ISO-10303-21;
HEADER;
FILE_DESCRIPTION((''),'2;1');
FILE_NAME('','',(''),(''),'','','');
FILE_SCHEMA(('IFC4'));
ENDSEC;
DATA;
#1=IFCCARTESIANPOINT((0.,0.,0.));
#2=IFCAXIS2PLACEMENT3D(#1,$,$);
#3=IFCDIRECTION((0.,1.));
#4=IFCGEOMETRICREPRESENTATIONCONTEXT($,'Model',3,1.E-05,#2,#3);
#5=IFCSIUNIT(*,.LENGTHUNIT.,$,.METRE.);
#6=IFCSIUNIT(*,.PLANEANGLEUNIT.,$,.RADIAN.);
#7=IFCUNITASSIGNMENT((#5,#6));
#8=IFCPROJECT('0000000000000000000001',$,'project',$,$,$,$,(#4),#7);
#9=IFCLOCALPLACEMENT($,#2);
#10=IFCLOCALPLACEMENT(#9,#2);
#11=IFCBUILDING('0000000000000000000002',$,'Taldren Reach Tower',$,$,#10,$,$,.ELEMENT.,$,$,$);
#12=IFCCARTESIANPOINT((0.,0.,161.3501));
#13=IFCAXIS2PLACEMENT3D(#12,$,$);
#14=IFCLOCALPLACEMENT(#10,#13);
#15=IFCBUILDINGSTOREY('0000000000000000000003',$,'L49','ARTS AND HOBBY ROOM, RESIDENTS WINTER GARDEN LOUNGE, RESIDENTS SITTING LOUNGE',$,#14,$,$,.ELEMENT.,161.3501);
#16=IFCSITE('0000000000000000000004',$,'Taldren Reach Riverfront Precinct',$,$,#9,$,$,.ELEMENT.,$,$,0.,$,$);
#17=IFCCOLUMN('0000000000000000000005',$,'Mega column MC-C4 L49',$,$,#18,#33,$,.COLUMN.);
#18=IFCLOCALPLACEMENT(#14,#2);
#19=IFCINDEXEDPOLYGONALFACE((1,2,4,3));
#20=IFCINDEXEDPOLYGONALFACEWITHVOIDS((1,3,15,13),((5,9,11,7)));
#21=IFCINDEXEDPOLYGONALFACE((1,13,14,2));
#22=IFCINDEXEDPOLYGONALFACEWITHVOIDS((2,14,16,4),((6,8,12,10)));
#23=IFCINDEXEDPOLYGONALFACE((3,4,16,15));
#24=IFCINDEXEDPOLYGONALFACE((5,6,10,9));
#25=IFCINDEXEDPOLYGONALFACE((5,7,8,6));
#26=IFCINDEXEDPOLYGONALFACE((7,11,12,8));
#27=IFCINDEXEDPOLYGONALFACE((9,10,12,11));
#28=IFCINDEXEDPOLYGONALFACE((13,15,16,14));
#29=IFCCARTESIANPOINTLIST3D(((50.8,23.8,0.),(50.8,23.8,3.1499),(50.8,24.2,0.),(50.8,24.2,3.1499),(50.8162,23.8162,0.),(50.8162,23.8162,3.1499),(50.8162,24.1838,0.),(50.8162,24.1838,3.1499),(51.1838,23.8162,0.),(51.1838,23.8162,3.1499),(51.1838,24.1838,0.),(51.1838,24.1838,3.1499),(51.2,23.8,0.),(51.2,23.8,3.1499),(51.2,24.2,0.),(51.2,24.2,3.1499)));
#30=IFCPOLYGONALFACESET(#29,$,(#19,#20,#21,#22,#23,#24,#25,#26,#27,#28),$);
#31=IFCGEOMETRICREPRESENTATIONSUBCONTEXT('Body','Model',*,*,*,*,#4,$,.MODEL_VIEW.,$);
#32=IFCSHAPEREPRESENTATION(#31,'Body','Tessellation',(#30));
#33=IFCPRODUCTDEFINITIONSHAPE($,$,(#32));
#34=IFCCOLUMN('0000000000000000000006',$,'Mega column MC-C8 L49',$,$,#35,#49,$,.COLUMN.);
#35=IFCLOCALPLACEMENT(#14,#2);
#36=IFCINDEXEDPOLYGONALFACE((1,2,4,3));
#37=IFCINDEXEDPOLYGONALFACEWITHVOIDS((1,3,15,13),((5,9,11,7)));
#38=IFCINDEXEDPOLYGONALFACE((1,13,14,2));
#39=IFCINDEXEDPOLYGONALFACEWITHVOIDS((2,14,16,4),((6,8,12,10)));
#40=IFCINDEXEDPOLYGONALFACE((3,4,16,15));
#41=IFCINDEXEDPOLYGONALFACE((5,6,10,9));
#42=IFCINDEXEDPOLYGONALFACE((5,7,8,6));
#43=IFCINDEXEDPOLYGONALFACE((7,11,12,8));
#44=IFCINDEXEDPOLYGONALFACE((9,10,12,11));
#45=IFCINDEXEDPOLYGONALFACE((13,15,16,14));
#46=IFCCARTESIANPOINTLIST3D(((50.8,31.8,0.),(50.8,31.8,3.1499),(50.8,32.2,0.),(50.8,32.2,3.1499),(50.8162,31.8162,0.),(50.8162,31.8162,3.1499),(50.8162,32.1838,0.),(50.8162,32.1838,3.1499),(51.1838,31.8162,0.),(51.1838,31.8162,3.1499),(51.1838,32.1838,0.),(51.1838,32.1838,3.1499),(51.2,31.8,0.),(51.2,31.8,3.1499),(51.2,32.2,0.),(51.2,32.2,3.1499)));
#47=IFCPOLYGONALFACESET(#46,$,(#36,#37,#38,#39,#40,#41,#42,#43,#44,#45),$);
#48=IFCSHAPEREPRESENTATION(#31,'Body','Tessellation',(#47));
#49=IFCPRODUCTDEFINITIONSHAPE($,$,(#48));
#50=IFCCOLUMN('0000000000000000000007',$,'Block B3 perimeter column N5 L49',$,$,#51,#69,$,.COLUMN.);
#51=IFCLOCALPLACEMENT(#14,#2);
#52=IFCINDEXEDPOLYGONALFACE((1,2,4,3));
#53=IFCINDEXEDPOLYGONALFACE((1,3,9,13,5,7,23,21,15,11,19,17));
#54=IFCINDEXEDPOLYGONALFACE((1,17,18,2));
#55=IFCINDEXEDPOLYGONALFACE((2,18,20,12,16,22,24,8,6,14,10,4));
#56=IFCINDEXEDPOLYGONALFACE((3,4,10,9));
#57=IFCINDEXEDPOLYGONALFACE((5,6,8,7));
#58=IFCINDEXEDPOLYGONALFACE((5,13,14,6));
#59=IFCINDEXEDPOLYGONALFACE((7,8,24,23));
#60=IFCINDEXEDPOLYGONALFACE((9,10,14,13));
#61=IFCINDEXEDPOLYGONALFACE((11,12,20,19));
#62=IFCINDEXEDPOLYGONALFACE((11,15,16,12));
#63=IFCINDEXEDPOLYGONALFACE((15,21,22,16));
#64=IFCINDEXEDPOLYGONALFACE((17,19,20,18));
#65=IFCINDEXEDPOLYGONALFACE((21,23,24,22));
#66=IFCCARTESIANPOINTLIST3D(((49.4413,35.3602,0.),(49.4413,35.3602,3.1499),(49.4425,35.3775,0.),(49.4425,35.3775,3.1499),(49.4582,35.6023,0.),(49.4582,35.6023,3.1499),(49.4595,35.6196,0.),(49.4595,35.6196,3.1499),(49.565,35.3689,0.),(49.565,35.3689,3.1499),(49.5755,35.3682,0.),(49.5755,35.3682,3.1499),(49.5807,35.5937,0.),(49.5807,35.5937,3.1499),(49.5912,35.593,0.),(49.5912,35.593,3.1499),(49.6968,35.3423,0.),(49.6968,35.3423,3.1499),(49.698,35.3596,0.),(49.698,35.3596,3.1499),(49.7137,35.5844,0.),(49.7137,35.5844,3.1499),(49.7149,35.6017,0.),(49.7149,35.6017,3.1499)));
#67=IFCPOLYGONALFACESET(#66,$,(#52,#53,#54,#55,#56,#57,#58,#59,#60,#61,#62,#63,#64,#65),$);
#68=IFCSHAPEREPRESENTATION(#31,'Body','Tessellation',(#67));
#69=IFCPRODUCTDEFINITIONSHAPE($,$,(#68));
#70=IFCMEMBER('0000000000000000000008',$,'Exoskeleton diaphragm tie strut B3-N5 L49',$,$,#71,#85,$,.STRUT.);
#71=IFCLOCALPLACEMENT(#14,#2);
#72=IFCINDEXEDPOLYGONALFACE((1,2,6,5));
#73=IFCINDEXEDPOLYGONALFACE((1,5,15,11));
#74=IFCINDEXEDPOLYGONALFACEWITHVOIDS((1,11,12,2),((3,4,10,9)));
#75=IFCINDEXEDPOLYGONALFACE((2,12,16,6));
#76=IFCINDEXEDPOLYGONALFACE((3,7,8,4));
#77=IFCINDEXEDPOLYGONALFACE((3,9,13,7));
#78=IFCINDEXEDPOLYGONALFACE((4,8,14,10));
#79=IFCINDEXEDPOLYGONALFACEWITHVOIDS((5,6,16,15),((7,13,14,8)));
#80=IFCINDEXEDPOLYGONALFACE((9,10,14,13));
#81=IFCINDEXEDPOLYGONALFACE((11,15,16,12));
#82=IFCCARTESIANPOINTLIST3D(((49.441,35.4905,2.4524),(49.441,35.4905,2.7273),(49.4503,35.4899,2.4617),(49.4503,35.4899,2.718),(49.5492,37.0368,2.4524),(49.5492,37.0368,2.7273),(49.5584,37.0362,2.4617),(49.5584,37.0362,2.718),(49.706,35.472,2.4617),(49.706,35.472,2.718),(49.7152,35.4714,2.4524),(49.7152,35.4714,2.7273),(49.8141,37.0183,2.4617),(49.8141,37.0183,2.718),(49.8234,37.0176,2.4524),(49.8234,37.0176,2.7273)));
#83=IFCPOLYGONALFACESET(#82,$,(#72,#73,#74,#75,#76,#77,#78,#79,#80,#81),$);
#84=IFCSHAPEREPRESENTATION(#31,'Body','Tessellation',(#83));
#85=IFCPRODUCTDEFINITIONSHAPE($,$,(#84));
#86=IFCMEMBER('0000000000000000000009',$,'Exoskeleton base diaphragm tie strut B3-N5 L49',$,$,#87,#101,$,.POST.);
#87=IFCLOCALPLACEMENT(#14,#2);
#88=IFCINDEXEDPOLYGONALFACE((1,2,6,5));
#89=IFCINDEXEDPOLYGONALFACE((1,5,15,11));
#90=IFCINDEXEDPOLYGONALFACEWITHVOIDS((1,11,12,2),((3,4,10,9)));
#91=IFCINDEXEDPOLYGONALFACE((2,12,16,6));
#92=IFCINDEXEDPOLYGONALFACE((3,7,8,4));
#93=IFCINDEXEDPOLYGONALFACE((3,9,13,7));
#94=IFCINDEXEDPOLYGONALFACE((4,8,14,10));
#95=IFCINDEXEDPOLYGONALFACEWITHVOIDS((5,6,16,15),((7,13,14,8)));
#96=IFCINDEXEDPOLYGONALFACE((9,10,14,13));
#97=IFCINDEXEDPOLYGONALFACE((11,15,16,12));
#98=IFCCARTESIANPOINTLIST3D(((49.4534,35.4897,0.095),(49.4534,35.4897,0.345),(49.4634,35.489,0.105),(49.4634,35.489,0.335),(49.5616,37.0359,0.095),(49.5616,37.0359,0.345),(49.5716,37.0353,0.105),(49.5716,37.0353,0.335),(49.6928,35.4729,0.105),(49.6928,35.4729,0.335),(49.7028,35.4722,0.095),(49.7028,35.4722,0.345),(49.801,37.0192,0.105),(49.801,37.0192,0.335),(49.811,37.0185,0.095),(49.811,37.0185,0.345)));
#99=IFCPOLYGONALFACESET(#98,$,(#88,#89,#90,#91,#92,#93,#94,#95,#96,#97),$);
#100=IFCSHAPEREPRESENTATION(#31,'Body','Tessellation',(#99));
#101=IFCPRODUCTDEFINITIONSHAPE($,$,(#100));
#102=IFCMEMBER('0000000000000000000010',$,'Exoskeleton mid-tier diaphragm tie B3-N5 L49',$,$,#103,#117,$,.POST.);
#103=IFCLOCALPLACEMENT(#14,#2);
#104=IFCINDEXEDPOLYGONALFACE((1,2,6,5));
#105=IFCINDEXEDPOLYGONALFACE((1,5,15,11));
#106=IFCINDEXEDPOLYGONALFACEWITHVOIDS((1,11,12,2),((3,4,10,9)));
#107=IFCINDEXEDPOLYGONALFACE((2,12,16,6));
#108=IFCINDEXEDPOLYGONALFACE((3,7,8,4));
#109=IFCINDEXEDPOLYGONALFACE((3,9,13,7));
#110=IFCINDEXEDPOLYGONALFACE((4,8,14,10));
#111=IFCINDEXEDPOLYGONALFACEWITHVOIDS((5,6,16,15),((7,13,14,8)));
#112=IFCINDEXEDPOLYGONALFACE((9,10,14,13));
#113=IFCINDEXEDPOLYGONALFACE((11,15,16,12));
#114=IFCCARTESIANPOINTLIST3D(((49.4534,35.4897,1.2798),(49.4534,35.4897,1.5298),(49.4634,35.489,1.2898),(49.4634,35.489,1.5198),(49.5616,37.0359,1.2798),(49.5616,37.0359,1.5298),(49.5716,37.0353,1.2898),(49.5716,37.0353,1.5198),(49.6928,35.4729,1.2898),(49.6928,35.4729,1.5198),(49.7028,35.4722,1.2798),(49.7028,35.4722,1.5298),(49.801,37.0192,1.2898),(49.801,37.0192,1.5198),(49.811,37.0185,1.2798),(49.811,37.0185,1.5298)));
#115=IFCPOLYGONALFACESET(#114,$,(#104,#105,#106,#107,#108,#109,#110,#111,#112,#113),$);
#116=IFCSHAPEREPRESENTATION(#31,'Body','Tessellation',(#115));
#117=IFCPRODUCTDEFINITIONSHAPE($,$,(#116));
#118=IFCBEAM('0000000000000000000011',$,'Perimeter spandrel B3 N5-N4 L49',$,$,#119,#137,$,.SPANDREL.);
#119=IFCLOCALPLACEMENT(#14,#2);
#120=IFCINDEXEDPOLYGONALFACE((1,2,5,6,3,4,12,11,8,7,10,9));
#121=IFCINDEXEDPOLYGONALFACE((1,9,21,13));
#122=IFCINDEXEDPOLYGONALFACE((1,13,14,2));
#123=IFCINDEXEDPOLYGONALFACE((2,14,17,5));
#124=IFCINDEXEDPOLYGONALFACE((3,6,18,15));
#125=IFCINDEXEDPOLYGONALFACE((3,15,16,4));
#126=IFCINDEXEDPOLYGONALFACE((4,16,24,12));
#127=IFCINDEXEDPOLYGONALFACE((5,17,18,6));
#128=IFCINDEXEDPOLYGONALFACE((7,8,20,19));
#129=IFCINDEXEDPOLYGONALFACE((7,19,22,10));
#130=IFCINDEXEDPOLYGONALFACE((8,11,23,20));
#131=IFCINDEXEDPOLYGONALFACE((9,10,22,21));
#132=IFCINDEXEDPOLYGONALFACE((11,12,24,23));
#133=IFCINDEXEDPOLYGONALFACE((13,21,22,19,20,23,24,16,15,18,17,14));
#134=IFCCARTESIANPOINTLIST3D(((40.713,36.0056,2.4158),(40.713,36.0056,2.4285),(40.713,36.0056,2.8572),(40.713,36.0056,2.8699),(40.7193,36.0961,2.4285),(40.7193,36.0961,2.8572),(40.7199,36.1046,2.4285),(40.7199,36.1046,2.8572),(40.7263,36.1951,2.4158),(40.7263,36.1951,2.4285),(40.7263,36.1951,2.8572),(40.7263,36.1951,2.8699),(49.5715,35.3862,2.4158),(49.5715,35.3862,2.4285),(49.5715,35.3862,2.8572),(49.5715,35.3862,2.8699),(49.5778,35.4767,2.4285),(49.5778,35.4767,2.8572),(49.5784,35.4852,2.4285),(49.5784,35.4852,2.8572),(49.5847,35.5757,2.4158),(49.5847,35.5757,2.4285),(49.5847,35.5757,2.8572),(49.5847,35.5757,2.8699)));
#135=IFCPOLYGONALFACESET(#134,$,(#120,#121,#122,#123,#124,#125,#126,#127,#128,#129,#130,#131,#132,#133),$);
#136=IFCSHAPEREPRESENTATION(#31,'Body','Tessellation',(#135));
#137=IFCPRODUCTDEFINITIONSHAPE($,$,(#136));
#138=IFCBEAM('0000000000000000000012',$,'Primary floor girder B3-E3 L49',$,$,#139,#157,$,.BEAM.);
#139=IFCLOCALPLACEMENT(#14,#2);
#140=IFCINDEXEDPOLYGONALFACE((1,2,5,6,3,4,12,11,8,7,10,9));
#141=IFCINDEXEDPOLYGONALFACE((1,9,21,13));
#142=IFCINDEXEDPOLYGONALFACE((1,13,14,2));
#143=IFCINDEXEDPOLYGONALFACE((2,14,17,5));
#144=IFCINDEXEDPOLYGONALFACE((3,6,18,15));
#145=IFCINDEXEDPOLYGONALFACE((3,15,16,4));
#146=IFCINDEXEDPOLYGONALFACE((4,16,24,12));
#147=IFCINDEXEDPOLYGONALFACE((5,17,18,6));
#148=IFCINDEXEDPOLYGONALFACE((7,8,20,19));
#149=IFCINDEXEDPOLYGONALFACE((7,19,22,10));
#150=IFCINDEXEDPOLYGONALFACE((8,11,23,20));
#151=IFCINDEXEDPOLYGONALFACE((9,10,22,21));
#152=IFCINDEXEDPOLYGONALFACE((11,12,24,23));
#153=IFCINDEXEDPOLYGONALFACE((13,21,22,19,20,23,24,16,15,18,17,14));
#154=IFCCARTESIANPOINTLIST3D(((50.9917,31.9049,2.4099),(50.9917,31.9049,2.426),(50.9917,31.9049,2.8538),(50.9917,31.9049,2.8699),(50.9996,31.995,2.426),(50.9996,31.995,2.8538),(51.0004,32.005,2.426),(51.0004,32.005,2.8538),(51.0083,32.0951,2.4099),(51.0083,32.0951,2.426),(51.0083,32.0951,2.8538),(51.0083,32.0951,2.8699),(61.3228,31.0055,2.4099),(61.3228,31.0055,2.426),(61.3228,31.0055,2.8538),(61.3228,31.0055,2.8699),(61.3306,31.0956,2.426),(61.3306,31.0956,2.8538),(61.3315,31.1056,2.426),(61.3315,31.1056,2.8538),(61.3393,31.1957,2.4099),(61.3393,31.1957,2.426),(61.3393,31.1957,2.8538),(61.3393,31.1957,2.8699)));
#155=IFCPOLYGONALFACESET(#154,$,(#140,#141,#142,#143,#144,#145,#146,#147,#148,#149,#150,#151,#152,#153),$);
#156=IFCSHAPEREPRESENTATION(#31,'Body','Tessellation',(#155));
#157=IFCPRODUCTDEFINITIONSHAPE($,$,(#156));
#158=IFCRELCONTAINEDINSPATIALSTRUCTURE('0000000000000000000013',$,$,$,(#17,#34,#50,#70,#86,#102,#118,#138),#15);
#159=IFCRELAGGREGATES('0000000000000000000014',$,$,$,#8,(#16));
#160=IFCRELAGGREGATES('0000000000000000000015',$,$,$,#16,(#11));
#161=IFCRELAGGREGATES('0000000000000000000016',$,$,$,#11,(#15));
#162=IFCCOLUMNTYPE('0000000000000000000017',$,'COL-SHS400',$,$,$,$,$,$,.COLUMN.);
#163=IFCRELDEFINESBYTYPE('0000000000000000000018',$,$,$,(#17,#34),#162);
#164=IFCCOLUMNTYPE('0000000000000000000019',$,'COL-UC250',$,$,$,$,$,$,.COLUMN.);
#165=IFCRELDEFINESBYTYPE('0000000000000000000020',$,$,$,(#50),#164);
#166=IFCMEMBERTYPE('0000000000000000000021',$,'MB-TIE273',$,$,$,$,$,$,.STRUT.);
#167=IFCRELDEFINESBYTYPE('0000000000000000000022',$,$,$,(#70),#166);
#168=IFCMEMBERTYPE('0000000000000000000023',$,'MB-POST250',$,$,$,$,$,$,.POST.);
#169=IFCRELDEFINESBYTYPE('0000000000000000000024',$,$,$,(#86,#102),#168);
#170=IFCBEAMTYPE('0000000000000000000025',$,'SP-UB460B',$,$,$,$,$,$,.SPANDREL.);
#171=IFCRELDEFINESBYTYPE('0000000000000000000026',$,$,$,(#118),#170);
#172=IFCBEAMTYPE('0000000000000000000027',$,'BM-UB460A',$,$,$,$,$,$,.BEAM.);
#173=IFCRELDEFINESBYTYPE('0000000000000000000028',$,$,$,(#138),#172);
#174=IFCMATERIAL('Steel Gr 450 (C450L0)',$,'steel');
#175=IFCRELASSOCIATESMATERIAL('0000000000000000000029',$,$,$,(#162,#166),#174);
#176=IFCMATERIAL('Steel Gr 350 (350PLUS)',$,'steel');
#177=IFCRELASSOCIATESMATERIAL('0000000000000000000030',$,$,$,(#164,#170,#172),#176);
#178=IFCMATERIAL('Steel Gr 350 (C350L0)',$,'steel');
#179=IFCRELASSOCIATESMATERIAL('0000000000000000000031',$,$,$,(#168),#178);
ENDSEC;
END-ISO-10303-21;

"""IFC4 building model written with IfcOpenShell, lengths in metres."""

from ifc_helpers import new_model, si_unit, direction, frame, origin, origin_2d, place, context, subcontext, project, spatial, hollow_rectangle, i_section, extrude, source, transform, mapped, material, material_profile, profile_set, type_object, element, save


model = new_model("IFC4")

# Units and contexts
model_context = context("Model", 3, precision=1e-05, world=origin(), true_north=direction((0.0, 1.0)))
body_context = subcontext(model_context, "Body", "Model", "MODEL_VIEW")
ifc_project = project(units=[si_unit("LENGTHUNIT", "METRE"), si_unit("PLANEANGLEUNIT", "RADIAN")], contexts=[model_context])

# Site, building, storey
site_placement = place(None, origin())
site = spatial("IfcSite", under=ifc_project, at=site_placement, Name="Taldren Reach Riverfront Precinct", CompositionType="ELEMENT", RefElevation=0.0)
building_placement = place(site_placement, origin())
building = spatial("IfcBuilding", under=site, at=building_placement, Name="Taldren Reach Tower", CompositionType="ELEMENT")
storey_placement = place(building_placement, frame((0.0, 0.0, 161.3501)))
storey = spatial("IfcBuildingStorey", under=building, at=storey_placement, Name="L49", Description="ARTS AND HOBBY ROOM, RESIDENTS WINTER GARDEN LOUNGE, RESIDENTS SITTING LOUNGE", CompositionType="ELEMENT", Elevation=161.3501)

# Columns
ifc_material_1 = material(Name="Steel Gr 450 (C450L0)", Category="steel")
ifc_material_profile_1 = material_profile(ifc_material_1, hollow_rectangle(XDim=0.3999, YDim=0.3999, WallThickness=0.0161, at=origin_2d()), Name="400x400x16.0SHS")
ifc_profile_set_1 = profile_set([ifc_material_profile_1], Name="Steel Gr 450 (C450L0)")
column_type_1 = type_object("IfcColumnType", Name="COL-SHS400", PredefinedType="COLUMN", material=ifc_profile_set_1)
shared_shape_1 = source(origin(), body_context, "Body", "SweptSolid", [
    extrude(hollow_rectangle(XDim=0.3999, YDim=0.3999, WallThickness=0.0161, at=origin_2d()), origin(), (0.0, 0.0, 1.0), 3.1499),
])
for number, where, z_axis, x_axis, name in (
    (1, (51.0, 24.0, 0.0), (0.0, 0.0, 1.0), (1.0, 0.0, 0.0), "Mega column MC-C4 L49"),
    (2, (51.0, 32.0, 0.0), (0.0, 0.0, 1.0), (1.0, 0.0, 0.0), "Mega column MC-C8 L49"),
):
    element("IfcColumn", number, at=place(storey_placement, frame(where, z_axis=z_axis, x_axis=x_axis)), inside=storey, type_object=column_type_1, Name=name, PredefinedType="COLUMN", context=body_context, shape_type="MappedRepresentation", body=[
        mapped(shared_shape_1, transform((0.0, 0.0, 0.0), scale=1.0)),
    ])
ifc_material_2 = material(Name="Steel Gr 350 (350PLUS)", Category="steel")
ifc_material_profile_2 = material_profile(ifc_material_2, i_section(OverallWidth=0.2561, OverallDepth=0.26, WebThickness=0.0105, FlangeThickness=0.0173, at=origin_2d()), Name="250UC89.5")
ifc_profile_set_2 = profile_set([ifc_material_profile_2], Name="Steel Gr 350 (350PLUS)")
column_type_2 = type_object("IfcColumnType", Name="COL-UC250", PredefinedType="COLUMN", material=ifc_profile_set_2)
shared_shape_2 = source(origin(), body_context, "Body", "SweptSolid", [
    extrude(i_section(OverallWidth=0.2561, OverallDepth=0.26, WebThickness=0.0105, FlangeThickness=0.0173, at=origin_2d()), origin(), (0.0, 0.0, 1.0), 3.1499),
])
column_placement = place(storey_placement, frame((49.5781, 35.481, 0.0), z_axis=(0.0, 0.0, 1.0), x_axis=(0.997564, -0.069756, 0.0)))
element("IfcColumn", 3, at=column_placement, inside=storey, type_object=column_type_2, Name="Block B3 perimeter column N5 L49", PredefinedType="COLUMN", context=body_context, shape_type="MappedRepresentation", body=[
    mapped(shared_shape_2, transform((0.0, 0.0, 0.0), scale=1.0)),
])

# Members
ifc_material_profile_3 = material_profile(ifc_material_1, hollow_rectangle(XDim=0.2749, YDim=0.2749, WallThickness=0.0093, at=origin_2d()), Name="275x275x9.3SHS")
ifc_profile_set_3 = profile_set([ifc_material_profile_3], Name="Steel Gr 450 (C450L0)")
member_type_1 = type_object("IfcMemberType", Name="MB-TIE273", PredefinedType="STRUT", material=ifc_profile_set_3)
shared_shape_3 = source(origin(), body_context, "Body", "SweptSolid", [
    extrude(hollow_rectangle(XDim=0.2749, YDim=0.2749, WallThickness=0.0093, at=origin_2d()), origin(), (0.0, 0.0, 1.0), 1.55),
])
member_1_placement = place(storey_placement, frame((49.5781, 35.481, 2.5898), z_axis=(0.06977, 0.997563, 0.0), x_axis=(-0.997563, 0.06977, 0.0)))
element("IfcMember", 4, at=member_1_placement, inside=storey, type_object=member_type_1, Name="Exoskeleton diaphragm tie strut B3-N5 L49", PredefinedType="STRUT", context=body_context, shape_type="MappedRepresentation", body=[
    mapped(shared_shape_3, transform((0.0, 0.0, 0.0), scale=1.0)),
])
ifc_material_3 = material(Name="Steel Gr 350 (C350L0)", Category="steel")
ifc_material_profile_4 = material_profile(ifc_material_3, hollow_rectangle(XDim=0.25, YDim=0.25, WallThickness=0.01, at=origin_2d()), Name="250x250x10.0SHS")
ifc_profile_set_4 = profile_set([ifc_material_profile_4], Name="Steel Gr 350 (C350L0)")
member_type_2 = type_object("IfcMemberType", Name="MB-POST250", PredefinedType="POST", material=ifc_profile_set_4)
shared_shape_4 = source(origin(), body_context, "Body", "SweptSolid", [
    extrude(hollow_rectangle(XDim=0.25, YDim=0.25, WallThickness=0.01, at=origin_2d()), origin(), (0.0, 0.0, 1.0), 1.55),
])
for number, where, z_axis, x_axis, name in (
    (5, (49.5781, 35.481, 0.22), (0.06977, 0.997563, 0.0), (-0.997563, 0.06977, 0.0), "Exoskeleton base diaphragm tie strut B3-N5 L49"),
    (6, (49.5781, 35.481, 1.4048), (0.06977, 0.997563, 0.0), (-0.997563, 0.06977, 0.0), "Exoskeleton mid-tier diaphragm tie B3-N5 L49"),
):
    element("IfcMember", number, at=place(storey_placement, frame(where, z_axis=z_axis, x_axis=x_axis)), inside=storey, type_object=member_type_2, Name=name, PredefinedType="POST", context=body_context, shape_type="MappedRepresentation", body=[
        mapped(shared_shape_4, transform((0.0, 0.0, 0.0), scale=1.0)),
    ])

# Beams
ifc_material_profile_5 = material_profile(ifc_material_2, i_section(OverallWidth=0.1899, OverallDepth=0.4541, WebThickness=0.0085, FlangeThickness=0.0127, at=origin_2d()), Name="460UB67.1")
ifc_profile_set_5 = profile_set([ifc_material_profile_5], Name="Steel Gr 350 (350PLUS)")
beam_type_1 = type_object("IfcBeamType", Name="SP-UB460B", PredefinedType="SPANDREL", material=ifc_profile_set_5)
shared_shape_5 = source(origin(), body_context, "Body", "SweptSolid", [
    extrude(i_section(OverallWidth=0.1899, OverallDepth=0.4541, WebThickness=0.0085, FlangeThickness=0.0127, at=origin_2d()), origin(), (0.0, 0.0, 1.0), 8.8801),
])
beam_1_placement = place(storey_placement, frame((49.5781, 35.481, 2.6428), z_axis=(-0.997564, 0.06975, 0.0), x_axis=(-0.06975, -0.997564, 0.0)))
element("IfcBeam", 7, at=beam_1_placement, inside=storey, type_object=beam_type_1, Name="Perimeter spandrel B3 N5-N4 L49", PredefinedType="SPANDREL", context=body_context, shape_type="MappedRepresentation", body=[
    mapped(shared_shape_5, transform((0.0, 0.0, 0.0), scale=1.0)),
])
ifc_material_profile_6 = material_profile(ifc_material_2, i_section(OverallWidth=0.1909, OverallDepth=0.46, WebThickness=0.01, FlangeThickness=0.0161, at=origin_2d()), Name="460UB82.1")
ifc_profile_set_6 = profile_set([ifc_material_profile_6], Name="Steel Gr 350 (350PLUS)")
beam_type_2 = type_object("IfcBeamType", Name="BM-UB460A", PredefinedType="BEAM", material=ifc_profile_set_6)
shared_shape_6 = source(origin(), body_context, "Body", "SweptSolid", [
    extrude(i_section(OverallWidth=0.1909, OverallDepth=0.46, WebThickness=0.01, FlangeThickness=0.0161, at=origin_2d()), origin(), (0.0, 0.0, 1.0), 10.3701),
])
beam_2_placement = place(storey_placement, frame((51.0, 32.0, 2.6399), z_axis=(0.996232, -0.086731, 0.0), x_axis=(0.086731, 0.996232, 0.0)))
element("IfcBeam", 8, at=beam_2_placement, inside=storey, type_object=beam_type_2, Name="Primary floor girder B3-E3 L49", PredefinedType="BEAM", context=body_context, shape_type="MappedRepresentation", body=[
    mapped(shared_shape_6, transform((0.0, 0.0, 0.0), scale=1.0)),
])

save(model, "model.ifc")
